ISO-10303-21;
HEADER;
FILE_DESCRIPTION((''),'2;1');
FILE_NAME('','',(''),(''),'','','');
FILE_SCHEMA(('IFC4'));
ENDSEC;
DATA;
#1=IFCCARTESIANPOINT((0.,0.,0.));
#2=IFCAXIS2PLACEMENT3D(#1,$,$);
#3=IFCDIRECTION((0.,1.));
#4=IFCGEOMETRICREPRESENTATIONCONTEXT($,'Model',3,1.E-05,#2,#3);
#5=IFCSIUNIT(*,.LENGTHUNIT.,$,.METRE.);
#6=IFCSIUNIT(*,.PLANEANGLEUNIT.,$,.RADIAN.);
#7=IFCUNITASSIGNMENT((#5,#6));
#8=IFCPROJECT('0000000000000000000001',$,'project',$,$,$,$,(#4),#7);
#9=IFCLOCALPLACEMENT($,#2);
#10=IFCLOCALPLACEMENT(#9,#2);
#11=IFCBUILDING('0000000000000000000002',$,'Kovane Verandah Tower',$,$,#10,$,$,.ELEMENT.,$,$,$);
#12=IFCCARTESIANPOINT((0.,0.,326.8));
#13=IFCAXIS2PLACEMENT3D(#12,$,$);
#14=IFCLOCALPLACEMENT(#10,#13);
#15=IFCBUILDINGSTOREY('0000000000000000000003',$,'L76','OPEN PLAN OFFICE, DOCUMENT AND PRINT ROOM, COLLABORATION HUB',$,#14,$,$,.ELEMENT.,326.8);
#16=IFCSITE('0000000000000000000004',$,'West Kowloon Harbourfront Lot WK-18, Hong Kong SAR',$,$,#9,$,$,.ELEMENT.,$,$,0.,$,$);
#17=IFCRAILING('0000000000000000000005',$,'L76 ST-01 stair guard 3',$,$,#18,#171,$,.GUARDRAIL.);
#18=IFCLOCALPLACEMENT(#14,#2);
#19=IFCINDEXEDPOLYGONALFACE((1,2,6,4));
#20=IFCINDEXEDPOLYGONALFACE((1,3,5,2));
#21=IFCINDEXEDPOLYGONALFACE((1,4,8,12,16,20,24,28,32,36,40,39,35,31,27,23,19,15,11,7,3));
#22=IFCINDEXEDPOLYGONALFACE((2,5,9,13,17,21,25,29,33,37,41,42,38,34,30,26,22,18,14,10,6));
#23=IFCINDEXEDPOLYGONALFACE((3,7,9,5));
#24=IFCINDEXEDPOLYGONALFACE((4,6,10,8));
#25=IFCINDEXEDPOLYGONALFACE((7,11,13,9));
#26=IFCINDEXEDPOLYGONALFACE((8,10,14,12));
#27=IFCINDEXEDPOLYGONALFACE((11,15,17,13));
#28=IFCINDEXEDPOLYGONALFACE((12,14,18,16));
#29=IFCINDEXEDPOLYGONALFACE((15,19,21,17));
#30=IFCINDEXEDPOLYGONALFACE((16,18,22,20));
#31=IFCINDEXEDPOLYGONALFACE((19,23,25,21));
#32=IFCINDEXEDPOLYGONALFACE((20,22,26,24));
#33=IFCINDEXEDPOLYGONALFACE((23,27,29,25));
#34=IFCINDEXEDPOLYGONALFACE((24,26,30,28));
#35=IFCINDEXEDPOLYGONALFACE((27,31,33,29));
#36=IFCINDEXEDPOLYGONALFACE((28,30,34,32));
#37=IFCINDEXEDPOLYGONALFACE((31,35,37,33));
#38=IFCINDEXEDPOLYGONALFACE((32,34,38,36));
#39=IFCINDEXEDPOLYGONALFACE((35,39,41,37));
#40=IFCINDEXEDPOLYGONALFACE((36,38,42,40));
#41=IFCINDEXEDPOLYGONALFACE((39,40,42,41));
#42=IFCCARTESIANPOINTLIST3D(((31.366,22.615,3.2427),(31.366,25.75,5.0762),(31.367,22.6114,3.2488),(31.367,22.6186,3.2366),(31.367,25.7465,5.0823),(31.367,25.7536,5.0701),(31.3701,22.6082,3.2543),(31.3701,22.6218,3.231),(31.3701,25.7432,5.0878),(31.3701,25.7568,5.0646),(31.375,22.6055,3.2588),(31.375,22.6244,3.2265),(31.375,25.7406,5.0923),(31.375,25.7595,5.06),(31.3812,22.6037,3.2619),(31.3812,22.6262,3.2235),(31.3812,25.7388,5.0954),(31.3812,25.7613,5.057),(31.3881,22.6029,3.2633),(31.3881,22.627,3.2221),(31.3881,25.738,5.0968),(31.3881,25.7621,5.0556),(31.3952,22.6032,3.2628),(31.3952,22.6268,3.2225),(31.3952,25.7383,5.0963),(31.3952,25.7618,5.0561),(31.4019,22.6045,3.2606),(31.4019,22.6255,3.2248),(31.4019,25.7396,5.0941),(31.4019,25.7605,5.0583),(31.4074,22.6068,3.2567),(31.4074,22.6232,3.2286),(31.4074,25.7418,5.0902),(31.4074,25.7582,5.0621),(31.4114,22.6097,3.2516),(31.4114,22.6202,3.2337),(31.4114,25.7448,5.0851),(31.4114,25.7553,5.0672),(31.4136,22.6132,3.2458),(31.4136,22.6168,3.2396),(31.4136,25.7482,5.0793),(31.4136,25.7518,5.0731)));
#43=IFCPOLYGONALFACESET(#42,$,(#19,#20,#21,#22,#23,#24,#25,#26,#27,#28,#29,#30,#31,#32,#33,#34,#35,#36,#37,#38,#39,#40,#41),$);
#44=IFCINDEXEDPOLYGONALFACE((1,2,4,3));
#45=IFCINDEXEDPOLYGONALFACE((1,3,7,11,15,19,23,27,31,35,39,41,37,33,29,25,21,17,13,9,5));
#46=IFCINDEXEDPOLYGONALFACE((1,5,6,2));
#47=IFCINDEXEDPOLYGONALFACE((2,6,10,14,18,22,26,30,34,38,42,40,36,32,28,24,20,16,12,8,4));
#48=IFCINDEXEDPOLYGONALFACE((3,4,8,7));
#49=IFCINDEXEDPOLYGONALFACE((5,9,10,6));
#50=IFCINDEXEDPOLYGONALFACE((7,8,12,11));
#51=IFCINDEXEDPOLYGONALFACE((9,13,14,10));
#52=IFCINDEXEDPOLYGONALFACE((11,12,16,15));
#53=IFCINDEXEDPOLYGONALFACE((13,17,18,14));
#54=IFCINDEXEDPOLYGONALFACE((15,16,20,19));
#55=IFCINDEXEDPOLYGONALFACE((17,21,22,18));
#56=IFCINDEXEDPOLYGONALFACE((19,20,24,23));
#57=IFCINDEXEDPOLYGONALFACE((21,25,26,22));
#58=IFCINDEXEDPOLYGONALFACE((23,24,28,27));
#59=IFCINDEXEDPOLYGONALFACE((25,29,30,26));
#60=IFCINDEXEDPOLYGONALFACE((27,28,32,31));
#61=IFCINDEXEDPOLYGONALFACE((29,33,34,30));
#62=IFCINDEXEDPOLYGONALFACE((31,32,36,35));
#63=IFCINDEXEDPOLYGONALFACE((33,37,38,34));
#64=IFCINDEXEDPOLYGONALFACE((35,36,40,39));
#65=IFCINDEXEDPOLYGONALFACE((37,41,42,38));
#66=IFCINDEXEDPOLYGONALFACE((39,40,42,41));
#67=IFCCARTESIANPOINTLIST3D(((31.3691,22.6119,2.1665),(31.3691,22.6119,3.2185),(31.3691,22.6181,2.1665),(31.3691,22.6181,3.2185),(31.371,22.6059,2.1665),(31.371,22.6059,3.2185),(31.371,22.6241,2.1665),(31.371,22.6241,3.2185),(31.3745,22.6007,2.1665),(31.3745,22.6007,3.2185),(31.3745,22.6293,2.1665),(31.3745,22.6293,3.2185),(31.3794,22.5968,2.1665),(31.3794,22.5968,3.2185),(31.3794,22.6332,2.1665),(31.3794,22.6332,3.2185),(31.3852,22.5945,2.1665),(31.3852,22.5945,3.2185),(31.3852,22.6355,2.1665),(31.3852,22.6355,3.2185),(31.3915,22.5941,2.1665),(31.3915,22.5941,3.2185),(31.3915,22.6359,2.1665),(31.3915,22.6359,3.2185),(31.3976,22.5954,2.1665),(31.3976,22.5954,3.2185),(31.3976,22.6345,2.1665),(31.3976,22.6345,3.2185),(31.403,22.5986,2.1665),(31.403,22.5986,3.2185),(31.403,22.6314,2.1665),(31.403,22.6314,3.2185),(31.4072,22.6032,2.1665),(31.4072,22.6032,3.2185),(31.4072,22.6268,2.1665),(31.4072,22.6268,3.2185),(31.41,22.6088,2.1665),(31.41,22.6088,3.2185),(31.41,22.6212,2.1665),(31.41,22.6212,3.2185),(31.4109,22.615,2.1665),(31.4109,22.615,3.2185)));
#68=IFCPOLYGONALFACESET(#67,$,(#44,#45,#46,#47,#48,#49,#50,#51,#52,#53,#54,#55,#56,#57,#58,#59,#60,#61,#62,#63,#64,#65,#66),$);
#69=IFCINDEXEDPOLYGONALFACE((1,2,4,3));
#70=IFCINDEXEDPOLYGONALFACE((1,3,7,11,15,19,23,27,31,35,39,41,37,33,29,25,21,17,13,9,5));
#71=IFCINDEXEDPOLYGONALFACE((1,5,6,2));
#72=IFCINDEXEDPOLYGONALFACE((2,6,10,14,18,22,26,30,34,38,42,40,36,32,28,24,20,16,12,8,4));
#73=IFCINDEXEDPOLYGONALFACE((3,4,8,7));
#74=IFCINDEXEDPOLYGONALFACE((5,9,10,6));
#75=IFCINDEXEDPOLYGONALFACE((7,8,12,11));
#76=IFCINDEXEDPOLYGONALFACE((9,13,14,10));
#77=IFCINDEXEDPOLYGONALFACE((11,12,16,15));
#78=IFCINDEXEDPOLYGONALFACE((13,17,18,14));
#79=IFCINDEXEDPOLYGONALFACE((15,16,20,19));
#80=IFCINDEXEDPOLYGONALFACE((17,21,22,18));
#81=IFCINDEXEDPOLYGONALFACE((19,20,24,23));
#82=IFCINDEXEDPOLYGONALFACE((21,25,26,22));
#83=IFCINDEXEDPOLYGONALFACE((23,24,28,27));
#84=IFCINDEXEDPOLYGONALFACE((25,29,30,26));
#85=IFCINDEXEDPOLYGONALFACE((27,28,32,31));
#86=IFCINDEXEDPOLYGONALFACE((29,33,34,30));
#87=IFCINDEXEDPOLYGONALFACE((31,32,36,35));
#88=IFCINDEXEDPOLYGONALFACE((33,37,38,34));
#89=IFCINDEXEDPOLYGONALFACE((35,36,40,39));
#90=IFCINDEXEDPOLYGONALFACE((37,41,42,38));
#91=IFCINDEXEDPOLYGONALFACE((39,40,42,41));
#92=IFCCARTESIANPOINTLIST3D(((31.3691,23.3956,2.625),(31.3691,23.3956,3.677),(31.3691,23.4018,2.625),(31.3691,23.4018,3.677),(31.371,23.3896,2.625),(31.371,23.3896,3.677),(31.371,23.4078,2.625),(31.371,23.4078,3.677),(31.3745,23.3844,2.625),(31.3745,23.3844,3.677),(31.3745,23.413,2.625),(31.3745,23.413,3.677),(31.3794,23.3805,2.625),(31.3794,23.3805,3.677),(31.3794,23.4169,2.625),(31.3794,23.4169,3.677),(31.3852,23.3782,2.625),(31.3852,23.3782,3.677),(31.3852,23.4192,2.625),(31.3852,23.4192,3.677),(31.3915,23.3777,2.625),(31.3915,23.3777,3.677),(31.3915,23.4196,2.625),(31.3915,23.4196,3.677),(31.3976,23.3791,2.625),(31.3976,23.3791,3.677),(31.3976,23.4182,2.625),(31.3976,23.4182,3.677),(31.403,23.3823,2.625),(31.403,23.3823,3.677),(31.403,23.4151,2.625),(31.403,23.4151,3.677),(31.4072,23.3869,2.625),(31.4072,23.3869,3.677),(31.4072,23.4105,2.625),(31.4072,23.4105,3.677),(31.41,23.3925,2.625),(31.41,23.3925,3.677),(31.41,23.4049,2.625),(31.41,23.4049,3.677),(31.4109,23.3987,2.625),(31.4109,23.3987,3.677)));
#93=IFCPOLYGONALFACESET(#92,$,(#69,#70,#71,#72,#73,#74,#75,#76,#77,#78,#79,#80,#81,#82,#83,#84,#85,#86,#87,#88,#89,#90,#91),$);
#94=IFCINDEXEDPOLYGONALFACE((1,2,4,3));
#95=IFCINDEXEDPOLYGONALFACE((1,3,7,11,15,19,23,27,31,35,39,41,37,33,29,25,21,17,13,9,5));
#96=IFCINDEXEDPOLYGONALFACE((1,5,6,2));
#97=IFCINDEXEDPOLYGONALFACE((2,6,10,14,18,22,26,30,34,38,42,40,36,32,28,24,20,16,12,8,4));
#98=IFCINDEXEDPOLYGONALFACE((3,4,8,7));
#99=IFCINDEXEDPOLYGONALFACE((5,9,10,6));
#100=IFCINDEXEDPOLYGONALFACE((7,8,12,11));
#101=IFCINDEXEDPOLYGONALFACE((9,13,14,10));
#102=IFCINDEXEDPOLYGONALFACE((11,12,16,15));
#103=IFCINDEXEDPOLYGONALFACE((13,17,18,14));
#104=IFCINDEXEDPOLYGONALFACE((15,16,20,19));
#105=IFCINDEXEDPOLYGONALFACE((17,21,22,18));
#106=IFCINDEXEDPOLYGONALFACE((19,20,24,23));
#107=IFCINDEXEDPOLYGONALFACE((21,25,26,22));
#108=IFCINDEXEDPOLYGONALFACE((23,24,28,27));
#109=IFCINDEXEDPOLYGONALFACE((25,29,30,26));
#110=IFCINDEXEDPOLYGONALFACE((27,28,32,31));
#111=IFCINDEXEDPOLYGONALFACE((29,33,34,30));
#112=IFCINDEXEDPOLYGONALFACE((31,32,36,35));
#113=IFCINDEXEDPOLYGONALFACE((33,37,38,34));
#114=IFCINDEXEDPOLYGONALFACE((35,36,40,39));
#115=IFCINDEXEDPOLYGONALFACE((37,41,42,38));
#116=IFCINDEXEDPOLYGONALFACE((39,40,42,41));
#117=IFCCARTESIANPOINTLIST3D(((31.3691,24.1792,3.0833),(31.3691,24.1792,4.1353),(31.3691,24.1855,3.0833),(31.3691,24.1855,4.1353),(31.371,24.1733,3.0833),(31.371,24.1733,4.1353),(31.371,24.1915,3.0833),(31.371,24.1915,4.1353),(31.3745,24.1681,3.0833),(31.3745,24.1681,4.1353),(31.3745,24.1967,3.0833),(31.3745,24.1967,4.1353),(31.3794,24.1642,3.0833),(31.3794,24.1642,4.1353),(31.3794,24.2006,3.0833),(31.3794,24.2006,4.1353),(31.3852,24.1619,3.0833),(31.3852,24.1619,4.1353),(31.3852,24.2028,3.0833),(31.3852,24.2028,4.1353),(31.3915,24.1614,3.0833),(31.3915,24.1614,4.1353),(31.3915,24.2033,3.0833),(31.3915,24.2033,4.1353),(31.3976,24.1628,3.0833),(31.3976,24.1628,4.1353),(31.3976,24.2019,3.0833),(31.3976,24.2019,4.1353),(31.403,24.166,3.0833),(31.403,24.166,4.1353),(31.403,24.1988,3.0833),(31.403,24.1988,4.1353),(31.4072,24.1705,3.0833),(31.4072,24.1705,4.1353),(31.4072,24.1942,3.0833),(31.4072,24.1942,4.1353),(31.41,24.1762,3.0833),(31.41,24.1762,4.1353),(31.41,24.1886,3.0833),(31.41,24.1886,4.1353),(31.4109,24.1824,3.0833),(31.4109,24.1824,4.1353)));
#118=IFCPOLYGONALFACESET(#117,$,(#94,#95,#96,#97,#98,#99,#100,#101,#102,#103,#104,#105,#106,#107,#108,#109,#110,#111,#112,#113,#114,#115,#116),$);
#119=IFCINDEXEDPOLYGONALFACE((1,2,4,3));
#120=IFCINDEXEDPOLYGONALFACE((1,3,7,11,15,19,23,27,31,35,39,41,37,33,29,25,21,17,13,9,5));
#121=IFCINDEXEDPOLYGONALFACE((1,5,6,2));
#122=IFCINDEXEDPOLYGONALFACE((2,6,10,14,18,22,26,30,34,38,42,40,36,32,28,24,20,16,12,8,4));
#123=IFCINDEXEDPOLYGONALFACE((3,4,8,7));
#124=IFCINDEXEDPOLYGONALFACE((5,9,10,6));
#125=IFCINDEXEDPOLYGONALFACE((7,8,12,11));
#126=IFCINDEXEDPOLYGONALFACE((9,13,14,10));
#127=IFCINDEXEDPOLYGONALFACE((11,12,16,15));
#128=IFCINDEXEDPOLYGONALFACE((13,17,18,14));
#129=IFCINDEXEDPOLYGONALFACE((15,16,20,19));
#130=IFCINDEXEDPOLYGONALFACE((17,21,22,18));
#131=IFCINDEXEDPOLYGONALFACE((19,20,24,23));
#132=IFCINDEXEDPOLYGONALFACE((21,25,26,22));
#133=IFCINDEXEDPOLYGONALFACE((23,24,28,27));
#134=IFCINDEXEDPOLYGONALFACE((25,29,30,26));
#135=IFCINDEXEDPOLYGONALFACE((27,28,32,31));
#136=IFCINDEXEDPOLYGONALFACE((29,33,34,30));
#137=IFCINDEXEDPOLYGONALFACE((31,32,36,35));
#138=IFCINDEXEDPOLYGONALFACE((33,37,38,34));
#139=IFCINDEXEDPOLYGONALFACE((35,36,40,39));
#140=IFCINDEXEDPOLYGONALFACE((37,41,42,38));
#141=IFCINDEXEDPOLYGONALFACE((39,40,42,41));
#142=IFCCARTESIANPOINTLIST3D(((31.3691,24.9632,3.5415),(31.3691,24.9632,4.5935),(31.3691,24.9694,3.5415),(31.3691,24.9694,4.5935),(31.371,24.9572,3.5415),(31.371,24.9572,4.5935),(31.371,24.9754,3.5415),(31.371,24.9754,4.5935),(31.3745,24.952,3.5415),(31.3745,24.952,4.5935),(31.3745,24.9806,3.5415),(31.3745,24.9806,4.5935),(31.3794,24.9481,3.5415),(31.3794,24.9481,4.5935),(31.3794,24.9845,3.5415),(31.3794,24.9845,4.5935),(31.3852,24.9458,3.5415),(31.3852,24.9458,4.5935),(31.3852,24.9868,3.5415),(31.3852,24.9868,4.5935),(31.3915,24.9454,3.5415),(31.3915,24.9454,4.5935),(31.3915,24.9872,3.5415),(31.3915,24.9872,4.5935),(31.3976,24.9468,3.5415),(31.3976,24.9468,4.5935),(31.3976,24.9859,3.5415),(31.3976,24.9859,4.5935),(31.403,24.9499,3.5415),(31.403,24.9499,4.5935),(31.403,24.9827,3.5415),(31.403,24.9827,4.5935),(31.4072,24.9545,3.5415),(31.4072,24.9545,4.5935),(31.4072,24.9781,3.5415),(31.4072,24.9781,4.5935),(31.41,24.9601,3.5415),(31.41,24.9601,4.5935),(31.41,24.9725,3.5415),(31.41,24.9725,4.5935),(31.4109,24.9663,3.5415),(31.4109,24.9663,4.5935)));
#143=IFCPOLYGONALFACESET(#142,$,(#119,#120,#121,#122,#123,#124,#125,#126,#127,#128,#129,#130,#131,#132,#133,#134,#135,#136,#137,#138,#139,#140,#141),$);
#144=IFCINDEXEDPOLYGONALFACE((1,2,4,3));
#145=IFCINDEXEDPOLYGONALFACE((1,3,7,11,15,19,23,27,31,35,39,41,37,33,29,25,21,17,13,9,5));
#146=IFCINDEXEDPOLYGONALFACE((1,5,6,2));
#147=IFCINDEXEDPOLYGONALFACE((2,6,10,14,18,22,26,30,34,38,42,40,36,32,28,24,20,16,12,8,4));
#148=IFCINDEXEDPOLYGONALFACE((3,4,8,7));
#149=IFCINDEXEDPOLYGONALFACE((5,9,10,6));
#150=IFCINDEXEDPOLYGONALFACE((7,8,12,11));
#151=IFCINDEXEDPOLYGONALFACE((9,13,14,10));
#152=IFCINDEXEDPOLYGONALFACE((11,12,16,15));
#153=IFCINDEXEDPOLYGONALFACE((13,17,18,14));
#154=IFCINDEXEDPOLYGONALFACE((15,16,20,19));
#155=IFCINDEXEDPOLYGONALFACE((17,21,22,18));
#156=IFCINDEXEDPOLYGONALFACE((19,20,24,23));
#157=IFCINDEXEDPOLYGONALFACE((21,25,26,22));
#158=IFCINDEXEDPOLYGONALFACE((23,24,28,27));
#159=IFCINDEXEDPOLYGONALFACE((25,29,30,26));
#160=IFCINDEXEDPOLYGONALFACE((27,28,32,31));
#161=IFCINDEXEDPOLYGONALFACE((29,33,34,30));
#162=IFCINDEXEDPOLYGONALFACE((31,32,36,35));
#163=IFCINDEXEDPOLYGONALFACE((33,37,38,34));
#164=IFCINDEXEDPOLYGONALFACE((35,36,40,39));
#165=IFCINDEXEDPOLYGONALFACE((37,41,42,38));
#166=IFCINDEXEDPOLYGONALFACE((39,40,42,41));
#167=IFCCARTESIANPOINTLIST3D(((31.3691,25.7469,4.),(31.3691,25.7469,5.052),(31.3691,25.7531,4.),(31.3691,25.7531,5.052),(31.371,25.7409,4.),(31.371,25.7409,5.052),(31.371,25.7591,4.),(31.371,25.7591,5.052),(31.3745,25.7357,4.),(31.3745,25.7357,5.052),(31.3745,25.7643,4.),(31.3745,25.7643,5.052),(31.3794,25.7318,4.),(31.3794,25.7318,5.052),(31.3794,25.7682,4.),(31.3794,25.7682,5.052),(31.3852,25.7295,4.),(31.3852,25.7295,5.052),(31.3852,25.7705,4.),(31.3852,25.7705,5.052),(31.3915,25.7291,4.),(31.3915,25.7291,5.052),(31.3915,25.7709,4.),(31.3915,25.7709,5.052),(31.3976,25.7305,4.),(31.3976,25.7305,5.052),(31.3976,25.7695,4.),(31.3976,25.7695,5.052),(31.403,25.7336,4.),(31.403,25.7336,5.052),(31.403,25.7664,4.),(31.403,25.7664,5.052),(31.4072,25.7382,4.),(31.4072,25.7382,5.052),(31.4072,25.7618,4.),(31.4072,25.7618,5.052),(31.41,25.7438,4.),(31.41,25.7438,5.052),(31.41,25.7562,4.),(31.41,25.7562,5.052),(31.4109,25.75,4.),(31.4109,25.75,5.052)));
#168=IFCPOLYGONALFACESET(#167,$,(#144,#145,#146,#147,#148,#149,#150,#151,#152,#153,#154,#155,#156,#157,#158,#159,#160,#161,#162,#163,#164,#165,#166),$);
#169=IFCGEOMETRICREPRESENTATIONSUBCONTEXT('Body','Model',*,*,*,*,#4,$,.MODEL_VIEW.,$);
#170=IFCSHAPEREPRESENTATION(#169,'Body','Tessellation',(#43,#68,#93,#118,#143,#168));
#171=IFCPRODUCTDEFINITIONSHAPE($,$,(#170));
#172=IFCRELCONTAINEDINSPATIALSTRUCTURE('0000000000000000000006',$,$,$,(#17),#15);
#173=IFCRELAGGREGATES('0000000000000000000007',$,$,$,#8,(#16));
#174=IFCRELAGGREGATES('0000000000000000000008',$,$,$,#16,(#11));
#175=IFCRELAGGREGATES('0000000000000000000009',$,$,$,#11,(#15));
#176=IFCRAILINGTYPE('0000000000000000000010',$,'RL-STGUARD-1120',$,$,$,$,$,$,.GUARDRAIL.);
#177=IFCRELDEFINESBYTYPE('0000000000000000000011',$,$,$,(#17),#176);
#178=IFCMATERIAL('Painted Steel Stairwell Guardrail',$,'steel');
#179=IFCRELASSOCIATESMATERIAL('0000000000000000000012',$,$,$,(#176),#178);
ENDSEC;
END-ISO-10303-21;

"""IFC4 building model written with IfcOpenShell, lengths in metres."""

from ifc_helpers import new_model, si_unit, direction, frame, origin, origin_2d, place, context, subcontext, project, spatial, circle, extrude, material, type_object, element, save


model = new_model("IFC4")

# Units and contexts
model_context = context("Model", 3, precision=1e-05, world=origin(), true_north=direction((0.0, 1.0)))
body_context = subcontext(model_context, "Body", "Model", "MODEL_VIEW")
ifc_project = project(units=[si_unit("LENGTHUNIT", "METRE"), si_unit("PLANEANGLEUNIT", "RADIAN")], contexts=[model_context])

# Site, building, storey
site_placement = place(None, origin())
site = spatial("IfcSite", under=ifc_project, at=site_placement, Name="West Kowloon Harbourfront Lot WK-18, Hong Kong SAR", CompositionType="ELEMENT", RefElevation=0.0)
building_placement = place(site_placement, origin())
building = spatial("IfcBuilding", under=site, at=building_placement, Name="Kovane Verandah Tower", CompositionType="ELEMENT")
storey_placement = place(building_placement, frame((0.0, 0.0, 326.8)))
storey = spatial("IfcBuildingStorey", under=building, at=storey_placement, Name="L76", Description="OPEN PLAN OFFICE, DOCUMENT AND PRINT ROOM, COLLABORATION HUB", CompositionType="ELEMENT", Elevation=326.8)

# Railing
ifc_material_1 = material(Name="Painted Steel Stairwell Guardrail", Category="steel")
railing_type_1 = type_object("IfcRailingType", Name="RL-STGUARD-1120", PredefinedType="GUARDRAIL", material=ifc_material_1)
railing_1_placement = place(storey_placement, frame((31.3899, 22.615, 2.1665)))
element("IfcRailing", 1, at=railing_1_placement, inside=storey, type_object=railing_type_1, Name="L76 ST-01 stair guard 3", PredefinedType="GUARDRAIL", context=body_context, shape_type="SweptSolid", body=[
    extrude(circle(Radius=0.0239, at=origin_2d()), frame((0.0, 0.0, 1.0762), z_axis=(0.0, 0.86321, 0.504845), x_axis=(-1.0, 0.0, 0.0)), (0.0, 0.0, 1.0), 3.6318),
    extrude(circle(Radius=0.021, at=origin_2d()), origin(), (0.0, 0.0, 1.0), 1.052),
    extrude(circle(Radius=0.021, at=origin_2d()), frame((0.0, 0.7837, 0.4585)), (0.0, 0.0, 1.0), 1.052),
    extrude(circle(Radius=0.021, at=origin_2d()), frame((0.0, 1.5674, 0.9167)), (0.0, 0.0, 1.0), 1.052),
    extrude(circle(Radius=0.021, at=origin_2d()), frame((0.0, 2.3513, 1.375)), (0.0, 0.0, 1.0), 1.052),
    extrude(circle(Radius=0.021, at=origin_2d()), frame((0.0, 3.135, 1.8335)), (0.0, 0.0, 1.0), 1.052),
])

save(model, "model.ifc")
